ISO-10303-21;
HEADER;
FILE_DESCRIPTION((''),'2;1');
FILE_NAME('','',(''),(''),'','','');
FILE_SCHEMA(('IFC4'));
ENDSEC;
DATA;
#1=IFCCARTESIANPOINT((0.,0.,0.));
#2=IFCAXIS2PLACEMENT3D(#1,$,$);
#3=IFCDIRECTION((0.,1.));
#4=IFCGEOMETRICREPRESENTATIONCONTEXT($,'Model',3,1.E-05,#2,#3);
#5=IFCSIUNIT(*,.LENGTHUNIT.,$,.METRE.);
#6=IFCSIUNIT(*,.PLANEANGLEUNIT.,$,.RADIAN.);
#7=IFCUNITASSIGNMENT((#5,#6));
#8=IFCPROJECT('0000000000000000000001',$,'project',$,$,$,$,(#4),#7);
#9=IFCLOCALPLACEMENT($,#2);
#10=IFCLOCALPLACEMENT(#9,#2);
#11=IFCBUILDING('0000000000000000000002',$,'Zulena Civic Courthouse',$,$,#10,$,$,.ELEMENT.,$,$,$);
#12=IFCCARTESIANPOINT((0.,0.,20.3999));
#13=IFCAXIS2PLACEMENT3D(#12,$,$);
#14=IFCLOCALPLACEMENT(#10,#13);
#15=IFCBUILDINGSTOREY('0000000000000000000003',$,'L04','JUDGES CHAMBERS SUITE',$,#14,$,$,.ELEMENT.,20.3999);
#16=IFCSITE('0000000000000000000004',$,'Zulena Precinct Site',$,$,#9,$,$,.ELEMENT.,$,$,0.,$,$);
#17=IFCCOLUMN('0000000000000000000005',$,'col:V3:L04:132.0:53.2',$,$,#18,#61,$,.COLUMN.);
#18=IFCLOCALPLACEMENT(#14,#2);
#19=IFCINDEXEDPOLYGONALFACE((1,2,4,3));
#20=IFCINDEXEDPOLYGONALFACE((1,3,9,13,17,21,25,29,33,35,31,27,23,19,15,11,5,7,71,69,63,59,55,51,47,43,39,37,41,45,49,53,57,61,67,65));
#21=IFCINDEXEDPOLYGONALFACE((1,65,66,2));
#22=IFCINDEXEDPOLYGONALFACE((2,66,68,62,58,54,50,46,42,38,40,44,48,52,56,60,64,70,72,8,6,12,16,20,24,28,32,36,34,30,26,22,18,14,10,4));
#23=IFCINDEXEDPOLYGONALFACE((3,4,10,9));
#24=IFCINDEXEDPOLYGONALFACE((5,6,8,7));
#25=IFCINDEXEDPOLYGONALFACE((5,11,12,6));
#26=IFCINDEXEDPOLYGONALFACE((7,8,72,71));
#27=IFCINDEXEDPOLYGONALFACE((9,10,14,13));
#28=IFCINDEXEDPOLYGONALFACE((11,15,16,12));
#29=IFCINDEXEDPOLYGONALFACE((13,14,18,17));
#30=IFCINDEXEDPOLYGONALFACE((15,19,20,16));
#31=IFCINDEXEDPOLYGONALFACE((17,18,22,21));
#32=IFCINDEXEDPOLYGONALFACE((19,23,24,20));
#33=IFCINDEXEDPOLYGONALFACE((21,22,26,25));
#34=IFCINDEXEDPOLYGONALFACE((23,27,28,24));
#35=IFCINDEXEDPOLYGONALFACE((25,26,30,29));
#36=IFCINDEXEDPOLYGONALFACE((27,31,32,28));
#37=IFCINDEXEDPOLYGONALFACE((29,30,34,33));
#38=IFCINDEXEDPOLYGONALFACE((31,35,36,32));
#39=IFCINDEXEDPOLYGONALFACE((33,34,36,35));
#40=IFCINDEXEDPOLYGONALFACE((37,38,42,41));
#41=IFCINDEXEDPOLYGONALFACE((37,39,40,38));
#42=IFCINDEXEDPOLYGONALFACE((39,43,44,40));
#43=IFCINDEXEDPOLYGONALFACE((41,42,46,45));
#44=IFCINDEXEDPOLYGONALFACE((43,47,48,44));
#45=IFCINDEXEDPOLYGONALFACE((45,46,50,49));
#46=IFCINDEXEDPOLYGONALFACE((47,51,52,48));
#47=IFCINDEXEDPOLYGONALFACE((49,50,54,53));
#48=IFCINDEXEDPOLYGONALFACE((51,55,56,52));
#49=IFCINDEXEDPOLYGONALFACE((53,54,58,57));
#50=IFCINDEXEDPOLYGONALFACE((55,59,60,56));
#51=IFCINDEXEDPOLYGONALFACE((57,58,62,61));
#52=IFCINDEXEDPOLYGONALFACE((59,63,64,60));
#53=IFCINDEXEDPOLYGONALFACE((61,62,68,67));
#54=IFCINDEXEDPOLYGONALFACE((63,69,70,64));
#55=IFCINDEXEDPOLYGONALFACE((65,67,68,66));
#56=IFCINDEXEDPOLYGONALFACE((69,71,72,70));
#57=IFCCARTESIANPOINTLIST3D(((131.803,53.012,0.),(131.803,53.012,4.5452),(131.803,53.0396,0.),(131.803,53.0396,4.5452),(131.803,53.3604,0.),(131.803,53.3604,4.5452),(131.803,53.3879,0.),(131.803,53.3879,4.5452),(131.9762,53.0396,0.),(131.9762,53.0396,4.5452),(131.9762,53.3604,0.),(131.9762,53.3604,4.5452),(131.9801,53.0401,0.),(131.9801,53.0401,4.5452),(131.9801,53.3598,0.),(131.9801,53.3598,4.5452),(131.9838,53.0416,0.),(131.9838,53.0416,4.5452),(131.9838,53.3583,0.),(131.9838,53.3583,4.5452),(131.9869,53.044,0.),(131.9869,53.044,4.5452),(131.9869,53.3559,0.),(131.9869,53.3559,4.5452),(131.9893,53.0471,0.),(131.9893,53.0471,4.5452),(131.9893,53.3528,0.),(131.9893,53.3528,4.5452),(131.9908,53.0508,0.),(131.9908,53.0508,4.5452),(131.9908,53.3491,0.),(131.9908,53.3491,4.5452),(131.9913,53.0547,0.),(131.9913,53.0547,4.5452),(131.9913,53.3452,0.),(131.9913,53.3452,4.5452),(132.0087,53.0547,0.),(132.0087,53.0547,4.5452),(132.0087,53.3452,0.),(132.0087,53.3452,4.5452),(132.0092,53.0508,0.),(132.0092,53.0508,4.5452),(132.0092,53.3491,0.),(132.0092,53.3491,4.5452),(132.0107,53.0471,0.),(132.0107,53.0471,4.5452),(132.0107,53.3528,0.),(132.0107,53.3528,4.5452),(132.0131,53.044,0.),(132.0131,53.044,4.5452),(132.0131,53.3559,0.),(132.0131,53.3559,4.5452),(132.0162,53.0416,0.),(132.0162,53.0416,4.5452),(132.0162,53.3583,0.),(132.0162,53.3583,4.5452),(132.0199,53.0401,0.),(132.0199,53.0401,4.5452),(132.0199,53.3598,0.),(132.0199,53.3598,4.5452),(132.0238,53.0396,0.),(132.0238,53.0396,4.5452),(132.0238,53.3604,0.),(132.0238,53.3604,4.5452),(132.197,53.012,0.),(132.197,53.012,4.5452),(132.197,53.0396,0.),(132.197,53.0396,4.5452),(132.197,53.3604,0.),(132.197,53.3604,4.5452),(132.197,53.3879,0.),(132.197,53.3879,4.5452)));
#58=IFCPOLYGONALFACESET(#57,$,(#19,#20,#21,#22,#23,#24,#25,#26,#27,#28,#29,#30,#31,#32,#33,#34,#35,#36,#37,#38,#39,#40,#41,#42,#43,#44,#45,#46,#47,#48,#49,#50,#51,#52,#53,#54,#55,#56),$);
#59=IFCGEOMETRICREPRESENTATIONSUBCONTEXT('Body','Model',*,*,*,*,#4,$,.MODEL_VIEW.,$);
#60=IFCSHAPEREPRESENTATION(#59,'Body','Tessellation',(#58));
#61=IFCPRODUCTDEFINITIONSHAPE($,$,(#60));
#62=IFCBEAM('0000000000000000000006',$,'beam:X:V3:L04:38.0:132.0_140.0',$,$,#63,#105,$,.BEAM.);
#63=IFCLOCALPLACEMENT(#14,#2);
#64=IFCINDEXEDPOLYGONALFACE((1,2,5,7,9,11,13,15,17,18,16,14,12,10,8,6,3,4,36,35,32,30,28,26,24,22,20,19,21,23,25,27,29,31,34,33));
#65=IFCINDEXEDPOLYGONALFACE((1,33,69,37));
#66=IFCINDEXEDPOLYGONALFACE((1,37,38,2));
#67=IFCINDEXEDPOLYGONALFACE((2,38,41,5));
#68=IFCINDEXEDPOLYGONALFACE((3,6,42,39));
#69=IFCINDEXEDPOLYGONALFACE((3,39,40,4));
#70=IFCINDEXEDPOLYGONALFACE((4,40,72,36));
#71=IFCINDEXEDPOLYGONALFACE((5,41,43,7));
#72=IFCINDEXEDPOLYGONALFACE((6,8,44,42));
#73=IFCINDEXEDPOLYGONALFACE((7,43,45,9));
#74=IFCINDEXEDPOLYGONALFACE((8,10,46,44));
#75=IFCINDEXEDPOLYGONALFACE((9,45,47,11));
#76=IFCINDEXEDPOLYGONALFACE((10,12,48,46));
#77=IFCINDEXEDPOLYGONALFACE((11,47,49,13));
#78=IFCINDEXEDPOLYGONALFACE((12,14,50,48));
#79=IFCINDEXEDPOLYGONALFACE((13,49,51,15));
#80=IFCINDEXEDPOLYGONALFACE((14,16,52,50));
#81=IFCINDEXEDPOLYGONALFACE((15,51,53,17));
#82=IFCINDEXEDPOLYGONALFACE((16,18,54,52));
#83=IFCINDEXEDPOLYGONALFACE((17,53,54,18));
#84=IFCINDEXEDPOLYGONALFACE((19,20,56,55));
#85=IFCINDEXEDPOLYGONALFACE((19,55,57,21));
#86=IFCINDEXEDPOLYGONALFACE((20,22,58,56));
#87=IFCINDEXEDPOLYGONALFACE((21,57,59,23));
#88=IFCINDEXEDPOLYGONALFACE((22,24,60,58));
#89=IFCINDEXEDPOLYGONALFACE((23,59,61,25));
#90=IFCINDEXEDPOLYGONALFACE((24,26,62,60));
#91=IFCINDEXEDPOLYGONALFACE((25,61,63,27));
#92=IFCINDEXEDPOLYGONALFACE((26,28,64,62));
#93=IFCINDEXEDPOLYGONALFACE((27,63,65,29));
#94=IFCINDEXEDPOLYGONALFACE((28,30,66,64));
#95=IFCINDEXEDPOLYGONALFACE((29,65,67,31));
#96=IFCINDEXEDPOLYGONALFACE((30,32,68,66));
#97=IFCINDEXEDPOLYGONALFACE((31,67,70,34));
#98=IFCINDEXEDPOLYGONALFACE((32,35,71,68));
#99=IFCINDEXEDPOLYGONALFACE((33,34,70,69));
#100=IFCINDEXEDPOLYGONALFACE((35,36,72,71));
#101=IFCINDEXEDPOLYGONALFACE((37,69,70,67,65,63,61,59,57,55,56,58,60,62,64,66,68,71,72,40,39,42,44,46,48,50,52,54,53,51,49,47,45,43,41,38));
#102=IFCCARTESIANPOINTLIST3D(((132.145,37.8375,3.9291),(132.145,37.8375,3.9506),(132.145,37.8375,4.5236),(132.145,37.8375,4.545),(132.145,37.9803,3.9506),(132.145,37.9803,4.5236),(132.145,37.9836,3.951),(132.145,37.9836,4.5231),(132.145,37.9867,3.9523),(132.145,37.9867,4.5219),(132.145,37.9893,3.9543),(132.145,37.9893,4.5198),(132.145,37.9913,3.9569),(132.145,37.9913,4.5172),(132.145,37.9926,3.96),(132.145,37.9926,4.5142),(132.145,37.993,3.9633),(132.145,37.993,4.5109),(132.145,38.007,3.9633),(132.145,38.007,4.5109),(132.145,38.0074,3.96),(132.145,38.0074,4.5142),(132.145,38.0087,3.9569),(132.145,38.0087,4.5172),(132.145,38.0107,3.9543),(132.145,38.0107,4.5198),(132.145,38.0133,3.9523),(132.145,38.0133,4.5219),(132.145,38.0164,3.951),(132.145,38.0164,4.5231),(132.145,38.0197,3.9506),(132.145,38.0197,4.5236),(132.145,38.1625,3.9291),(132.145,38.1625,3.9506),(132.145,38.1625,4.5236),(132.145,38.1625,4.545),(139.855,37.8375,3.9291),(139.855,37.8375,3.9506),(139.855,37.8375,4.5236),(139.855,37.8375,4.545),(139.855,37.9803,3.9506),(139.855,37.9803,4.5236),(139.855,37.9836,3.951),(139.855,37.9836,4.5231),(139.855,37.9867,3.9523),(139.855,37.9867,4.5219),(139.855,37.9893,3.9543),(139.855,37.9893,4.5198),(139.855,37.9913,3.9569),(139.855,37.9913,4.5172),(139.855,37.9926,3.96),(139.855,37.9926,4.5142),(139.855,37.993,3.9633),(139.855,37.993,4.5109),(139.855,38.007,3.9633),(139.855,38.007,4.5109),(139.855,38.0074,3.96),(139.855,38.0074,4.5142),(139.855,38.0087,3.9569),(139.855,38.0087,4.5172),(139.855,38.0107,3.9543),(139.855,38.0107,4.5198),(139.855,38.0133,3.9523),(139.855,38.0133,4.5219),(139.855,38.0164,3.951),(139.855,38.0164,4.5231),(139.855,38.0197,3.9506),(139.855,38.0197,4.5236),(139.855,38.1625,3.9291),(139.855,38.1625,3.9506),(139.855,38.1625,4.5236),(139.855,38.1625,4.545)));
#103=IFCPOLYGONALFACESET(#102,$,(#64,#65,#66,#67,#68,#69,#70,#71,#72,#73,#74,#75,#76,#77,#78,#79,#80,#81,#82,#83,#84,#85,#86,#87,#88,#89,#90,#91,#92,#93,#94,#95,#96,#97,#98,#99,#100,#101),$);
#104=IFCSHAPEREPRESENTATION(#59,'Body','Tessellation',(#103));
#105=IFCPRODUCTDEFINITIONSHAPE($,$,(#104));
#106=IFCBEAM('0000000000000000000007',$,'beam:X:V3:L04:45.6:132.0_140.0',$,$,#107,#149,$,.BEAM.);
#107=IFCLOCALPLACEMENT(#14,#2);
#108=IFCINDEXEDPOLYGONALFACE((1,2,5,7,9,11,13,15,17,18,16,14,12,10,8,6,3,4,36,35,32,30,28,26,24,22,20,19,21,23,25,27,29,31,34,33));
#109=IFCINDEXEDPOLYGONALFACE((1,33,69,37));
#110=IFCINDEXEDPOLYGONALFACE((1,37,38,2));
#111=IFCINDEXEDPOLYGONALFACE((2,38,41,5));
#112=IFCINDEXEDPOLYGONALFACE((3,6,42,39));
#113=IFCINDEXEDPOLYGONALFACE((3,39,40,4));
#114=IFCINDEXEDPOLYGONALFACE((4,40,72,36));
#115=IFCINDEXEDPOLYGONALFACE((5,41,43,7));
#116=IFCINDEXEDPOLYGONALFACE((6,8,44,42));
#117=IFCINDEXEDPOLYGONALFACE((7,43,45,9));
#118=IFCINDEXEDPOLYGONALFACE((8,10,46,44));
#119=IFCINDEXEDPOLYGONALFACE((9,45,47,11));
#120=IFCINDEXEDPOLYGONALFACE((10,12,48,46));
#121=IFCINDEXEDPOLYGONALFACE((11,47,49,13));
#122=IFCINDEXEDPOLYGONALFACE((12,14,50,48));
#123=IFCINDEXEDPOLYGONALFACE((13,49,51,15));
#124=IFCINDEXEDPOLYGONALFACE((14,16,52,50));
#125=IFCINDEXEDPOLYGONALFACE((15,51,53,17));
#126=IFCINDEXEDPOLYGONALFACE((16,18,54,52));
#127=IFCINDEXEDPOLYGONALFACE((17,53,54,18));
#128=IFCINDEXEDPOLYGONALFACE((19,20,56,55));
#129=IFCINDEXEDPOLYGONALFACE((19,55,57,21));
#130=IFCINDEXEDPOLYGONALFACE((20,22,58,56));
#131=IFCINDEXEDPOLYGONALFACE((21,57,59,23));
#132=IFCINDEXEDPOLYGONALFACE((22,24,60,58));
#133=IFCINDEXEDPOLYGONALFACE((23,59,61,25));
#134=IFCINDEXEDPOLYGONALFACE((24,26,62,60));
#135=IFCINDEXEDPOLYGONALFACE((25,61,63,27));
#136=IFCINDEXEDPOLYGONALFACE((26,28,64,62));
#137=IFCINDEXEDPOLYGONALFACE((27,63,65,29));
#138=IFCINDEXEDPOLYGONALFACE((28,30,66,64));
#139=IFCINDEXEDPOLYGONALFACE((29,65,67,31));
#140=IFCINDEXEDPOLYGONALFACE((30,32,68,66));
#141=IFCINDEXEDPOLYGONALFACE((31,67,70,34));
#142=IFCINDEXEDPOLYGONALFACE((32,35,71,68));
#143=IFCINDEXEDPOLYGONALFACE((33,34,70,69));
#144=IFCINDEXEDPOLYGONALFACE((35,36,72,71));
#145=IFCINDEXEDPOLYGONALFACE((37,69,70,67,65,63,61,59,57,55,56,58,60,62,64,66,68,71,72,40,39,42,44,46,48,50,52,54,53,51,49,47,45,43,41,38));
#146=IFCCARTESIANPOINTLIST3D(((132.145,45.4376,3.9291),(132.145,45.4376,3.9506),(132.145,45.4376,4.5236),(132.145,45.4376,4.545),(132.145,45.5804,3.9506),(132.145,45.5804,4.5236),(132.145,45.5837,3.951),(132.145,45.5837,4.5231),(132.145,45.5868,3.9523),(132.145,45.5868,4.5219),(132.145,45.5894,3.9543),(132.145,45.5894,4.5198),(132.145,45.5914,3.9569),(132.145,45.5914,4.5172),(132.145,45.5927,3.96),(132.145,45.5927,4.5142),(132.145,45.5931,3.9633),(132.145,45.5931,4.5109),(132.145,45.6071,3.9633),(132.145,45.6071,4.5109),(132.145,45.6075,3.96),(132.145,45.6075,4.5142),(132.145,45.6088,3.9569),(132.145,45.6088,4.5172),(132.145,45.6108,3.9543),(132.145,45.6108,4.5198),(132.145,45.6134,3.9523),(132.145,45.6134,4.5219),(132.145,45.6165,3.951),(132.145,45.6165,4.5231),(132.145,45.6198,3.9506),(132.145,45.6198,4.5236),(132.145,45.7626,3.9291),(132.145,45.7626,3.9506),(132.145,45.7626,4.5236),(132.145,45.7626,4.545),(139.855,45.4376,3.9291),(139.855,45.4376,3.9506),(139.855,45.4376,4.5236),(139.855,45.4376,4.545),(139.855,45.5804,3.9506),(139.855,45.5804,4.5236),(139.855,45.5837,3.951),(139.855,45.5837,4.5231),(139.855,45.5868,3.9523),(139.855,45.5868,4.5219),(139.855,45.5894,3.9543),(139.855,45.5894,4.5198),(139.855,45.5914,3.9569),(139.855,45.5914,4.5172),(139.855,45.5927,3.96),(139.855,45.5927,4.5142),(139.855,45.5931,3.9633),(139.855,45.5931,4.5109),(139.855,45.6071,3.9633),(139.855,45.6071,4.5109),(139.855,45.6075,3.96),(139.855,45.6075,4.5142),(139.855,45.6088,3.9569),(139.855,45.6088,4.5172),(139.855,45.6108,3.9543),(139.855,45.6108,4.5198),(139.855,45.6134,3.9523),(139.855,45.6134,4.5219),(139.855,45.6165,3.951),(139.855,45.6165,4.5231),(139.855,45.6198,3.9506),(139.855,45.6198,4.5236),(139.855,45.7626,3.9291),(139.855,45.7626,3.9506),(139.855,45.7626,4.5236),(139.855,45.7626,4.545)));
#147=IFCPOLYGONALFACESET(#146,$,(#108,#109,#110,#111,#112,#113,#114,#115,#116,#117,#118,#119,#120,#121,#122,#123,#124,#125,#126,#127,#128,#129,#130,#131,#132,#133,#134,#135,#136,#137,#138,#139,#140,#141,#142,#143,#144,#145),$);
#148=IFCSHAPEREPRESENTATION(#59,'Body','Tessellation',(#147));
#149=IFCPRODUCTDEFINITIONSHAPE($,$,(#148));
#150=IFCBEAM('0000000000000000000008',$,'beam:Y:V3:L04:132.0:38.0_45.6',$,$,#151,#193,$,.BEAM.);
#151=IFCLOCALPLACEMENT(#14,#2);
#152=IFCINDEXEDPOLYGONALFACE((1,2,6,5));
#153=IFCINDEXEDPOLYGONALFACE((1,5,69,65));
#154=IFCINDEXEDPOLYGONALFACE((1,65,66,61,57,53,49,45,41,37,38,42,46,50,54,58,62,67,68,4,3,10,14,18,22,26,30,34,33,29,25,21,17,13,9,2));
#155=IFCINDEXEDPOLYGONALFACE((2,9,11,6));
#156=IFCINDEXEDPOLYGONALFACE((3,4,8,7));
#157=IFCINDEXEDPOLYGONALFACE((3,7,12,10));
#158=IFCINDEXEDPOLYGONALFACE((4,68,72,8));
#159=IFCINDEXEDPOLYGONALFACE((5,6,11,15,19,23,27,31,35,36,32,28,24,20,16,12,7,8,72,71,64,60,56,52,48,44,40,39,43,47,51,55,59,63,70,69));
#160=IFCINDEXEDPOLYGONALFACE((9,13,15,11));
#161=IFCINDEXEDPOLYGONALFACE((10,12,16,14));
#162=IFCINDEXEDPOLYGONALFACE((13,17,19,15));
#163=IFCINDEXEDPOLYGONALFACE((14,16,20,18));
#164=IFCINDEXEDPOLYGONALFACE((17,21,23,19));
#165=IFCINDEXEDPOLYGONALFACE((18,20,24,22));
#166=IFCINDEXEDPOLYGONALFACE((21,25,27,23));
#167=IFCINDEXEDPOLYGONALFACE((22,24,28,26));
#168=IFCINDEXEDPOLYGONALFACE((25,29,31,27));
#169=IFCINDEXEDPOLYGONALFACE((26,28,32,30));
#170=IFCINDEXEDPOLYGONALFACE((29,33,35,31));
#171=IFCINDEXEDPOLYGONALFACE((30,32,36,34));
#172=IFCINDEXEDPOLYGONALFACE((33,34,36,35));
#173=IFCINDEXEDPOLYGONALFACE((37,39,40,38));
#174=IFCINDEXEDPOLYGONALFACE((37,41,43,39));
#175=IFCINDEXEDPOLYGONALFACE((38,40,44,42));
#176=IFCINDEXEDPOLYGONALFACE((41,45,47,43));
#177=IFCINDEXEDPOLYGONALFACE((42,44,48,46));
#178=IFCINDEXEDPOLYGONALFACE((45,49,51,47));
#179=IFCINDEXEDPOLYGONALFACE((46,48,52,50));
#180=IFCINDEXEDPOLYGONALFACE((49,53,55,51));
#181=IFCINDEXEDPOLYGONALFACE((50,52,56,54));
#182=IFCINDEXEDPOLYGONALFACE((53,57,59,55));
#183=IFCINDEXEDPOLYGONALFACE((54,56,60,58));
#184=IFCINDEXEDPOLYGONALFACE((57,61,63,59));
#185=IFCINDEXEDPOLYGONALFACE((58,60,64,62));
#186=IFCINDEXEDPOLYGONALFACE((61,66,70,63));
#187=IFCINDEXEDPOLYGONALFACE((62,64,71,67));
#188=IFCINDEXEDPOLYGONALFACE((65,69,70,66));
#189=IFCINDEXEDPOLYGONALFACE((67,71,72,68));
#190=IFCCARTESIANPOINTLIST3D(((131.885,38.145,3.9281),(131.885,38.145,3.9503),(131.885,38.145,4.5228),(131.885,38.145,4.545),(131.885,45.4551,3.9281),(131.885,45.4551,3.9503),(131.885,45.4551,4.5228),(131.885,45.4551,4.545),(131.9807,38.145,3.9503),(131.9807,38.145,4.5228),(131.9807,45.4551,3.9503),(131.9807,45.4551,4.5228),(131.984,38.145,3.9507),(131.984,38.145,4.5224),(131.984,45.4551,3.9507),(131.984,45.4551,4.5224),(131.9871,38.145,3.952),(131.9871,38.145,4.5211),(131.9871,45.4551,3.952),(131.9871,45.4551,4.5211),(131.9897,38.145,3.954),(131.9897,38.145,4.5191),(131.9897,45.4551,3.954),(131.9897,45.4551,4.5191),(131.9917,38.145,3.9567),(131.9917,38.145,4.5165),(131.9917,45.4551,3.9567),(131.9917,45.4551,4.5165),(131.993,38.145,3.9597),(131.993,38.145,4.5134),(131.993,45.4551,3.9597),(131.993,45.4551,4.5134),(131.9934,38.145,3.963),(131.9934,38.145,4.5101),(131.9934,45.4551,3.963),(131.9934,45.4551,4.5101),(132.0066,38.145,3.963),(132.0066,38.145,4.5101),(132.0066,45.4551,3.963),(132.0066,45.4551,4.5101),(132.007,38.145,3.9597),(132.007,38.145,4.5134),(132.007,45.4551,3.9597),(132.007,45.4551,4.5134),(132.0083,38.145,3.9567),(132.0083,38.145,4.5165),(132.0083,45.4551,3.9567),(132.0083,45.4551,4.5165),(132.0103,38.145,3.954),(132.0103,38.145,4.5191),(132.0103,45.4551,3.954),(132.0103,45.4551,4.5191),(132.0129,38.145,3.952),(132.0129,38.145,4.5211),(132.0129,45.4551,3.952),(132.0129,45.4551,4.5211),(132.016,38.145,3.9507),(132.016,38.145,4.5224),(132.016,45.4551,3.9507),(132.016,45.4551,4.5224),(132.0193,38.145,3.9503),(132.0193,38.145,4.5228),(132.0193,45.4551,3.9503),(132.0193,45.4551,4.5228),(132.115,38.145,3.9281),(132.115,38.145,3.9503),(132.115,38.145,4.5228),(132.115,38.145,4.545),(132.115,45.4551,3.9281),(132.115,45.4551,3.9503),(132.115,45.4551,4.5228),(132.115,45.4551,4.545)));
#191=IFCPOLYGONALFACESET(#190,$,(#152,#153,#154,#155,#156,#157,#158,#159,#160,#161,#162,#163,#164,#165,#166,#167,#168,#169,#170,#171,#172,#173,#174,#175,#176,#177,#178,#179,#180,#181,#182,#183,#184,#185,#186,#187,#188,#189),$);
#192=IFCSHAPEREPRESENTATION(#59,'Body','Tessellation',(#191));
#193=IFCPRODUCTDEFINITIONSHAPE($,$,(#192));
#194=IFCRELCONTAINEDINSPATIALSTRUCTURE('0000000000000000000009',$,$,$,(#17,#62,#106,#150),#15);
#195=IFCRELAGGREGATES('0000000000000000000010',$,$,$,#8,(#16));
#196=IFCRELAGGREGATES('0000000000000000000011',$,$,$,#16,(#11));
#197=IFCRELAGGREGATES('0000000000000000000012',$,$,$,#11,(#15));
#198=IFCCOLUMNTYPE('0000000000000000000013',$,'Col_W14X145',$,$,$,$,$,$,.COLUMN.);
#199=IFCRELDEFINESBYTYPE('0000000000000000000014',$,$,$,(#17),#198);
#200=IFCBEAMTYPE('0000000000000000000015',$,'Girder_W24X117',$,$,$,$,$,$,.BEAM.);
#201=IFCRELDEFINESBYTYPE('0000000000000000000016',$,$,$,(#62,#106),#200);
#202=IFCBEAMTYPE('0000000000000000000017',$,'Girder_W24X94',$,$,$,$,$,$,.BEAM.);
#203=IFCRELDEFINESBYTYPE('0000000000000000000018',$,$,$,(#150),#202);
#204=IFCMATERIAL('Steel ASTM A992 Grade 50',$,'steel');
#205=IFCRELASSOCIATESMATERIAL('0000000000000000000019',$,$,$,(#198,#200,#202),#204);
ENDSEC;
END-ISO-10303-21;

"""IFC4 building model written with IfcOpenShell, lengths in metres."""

from ifc_helpers import new_model, si_unit, direction, frame, origin, origin_2d, place, context, subcontext, project, spatial, i_section, extrude, material, material_profile, profile_set, type_object, element, save


model = new_model("IFC4")

# Units and contexts
model_context = context("Model", 3, precision=1e-05, world=origin(), true_north=direction((0.0, 1.0)))
body_context = subcontext(model_context, "Body", "Model", "MODEL_VIEW")
ifc_project = project(units=[si_unit("LENGTHUNIT", "METRE"), si_unit("PLANEANGLEUNIT", "RADIAN")], contexts=[model_context])

# Site, building, storey
site_placement = place(None, origin())
site = spatial("IfcSite", under=ifc_project, at=site_placement, Name="Zulena Precinct Site", CompositionType="ELEMENT", RefElevation=0.0)
building_placement = place(site_placement, origin())
building = spatial("IfcBuilding", under=site, at=building_placement, Name="Zulena Civic Courthouse", CompositionType="ELEMENT")
storey_placement = place(building_placement, frame((0.0, 0.0, 20.3999)))
storey = spatial("IfcBuildingStorey", under=building, at=storey_placement, Name="L04", Description="JUDGES CHAMBERS SUITE", CompositionType="ELEMENT", Elevation=20.3999)

# Column
ifc_material_1 = material(Name="Steel ASTM A992 Grade 50", Category="steel")
ifc_material_profile_1 = material_profile(ifc_material_1, i_section(OverallWidth=0.394, OverallDepth=0.376, WebThickness=0.0173, FlangeThickness=0.0276, FilletRadius=0.0151, at=origin_2d()), Name="W14X145")
ifc_profile_set_1 = profile_set([ifc_material_profile_1], Name="Steel ASTM A992 Grade 50")
column_type_1 = type_object("IfcColumnType", Name="Col_W14X145", PredefinedType="COLUMN", material=ifc_profile_set_1)
column_1_placement = place(storey_placement, frame((132.0, 53.2, 0.0), z_axis=(0.0, 0.0, 1.0), x_axis=(1.0, 0.0, 0.0)))
element("IfcColumn", 1, at=column_1_placement, inside=storey, type_object=column_type_1, Name="col:V3:L04:132.0:53.2", PredefinedType="COLUMN", context=body_context, shape_type="SweptSolid", body=[
    extrude(i_section(OverallWidth=0.394, OverallDepth=0.376, WebThickness=0.0173, FlangeThickness=0.0276, FilletRadius=0.0151, at=origin_2d()), origin(), (0.0, 0.0, 1.0), 4.5452),
])

# Beams
ifc_material_profile_2 = material_profile(ifc_material_1, i_section(OverallWidth=0.325, OverallDepth=0.616, WebThickness=0.0139, FlangeThickness=0.0215, FilletRadius=0.0127, at=origin_2d()), Name="W24X117")
ifc_profile_set_2 = profile_set([ifc_material_profile_2], Name="Steel ASTM A992 Grade 50")
beam_type_1 = type_object("IfcBeamType", Name="Girder_W24X117", PredefinedType="BEAM", material=ifc_profile_set_2)
for number, where, z_axis, x_axis, name in (
    (2, (132.145, 38.0, 4.2371), (1.0, 0.0, 0.0), (0.0, 1.0, 0.0), "beam:X:V3:L04:38.0:132.0_140.0"),
    (3, (132.145, 45.6001, 4.2371), (1.0, 0.0, 0.0), (0.0, 1.0, 0.0), "beam:X:V3:L04:45.6:132.0_140.0"),
):
    element("IfcBeam", number, at=place(storey_placement, frame(where, z_axis=z_axis, x_axis=x_axis)), inside=storey, type_object=beam_type_1, Name=name, PredefinedType="BEAM", context=body_context, shape_type="SweptSolid", body=[
        extrude(i_section(OverallWidth=0.325, OverallDepth=0.616, WebThickness=0.0139, FlangeThickness=0.0215, FilletRadius=0.0127, at=origin_2d()), origin(), (0.0, 0.0, 1.0), 7.71),
    ])
ifc_material_profile_3 = material_profile(ifc_material_1, i_section(OverallWidth=0.23, OverallDepth=0.6169, WebThickness=0.0132, FlangeThickness=0.0222, FilletRadius=0.0127, at=origin_2d()), Name="W24X94")
ifc_profile_set_3 = profile_set([ifc_material_profile_3], Name="Steel ASTM A992 Grade 50")
beam_type_2 = type_object("IfcBeamType", Name="Girder_W24X94", PredefinedType="BEAM", material=ifc_profile_set_3)
beam_1_placement = place(storey_placement, frame((132.0, 38.145, 4.2366), z_axis=(0.0, 1.0, 0.0), x_axis=(-1.0, 0.0, 0.0)))
element("IfcBeam", 4, at=beam_1_placement, inside=storey, type_object=beam_type_2, Name="beam:Y:V3:L04:132.0:38.0_45.6", PredefinedType="BEAM", context=body_context, shape_type="SweptSolid", body=[
    extrude(i_section(OverallWidth=0.23, OverallDepth=0.6169, WebThickness=0.0132, FlangeThickness=0.0222, FilletRadius=0.0127, at=origin_2d()), origin(), (0.0, 0.0, 1.0), 7.3101),
])

save(model, "model.ifc")
